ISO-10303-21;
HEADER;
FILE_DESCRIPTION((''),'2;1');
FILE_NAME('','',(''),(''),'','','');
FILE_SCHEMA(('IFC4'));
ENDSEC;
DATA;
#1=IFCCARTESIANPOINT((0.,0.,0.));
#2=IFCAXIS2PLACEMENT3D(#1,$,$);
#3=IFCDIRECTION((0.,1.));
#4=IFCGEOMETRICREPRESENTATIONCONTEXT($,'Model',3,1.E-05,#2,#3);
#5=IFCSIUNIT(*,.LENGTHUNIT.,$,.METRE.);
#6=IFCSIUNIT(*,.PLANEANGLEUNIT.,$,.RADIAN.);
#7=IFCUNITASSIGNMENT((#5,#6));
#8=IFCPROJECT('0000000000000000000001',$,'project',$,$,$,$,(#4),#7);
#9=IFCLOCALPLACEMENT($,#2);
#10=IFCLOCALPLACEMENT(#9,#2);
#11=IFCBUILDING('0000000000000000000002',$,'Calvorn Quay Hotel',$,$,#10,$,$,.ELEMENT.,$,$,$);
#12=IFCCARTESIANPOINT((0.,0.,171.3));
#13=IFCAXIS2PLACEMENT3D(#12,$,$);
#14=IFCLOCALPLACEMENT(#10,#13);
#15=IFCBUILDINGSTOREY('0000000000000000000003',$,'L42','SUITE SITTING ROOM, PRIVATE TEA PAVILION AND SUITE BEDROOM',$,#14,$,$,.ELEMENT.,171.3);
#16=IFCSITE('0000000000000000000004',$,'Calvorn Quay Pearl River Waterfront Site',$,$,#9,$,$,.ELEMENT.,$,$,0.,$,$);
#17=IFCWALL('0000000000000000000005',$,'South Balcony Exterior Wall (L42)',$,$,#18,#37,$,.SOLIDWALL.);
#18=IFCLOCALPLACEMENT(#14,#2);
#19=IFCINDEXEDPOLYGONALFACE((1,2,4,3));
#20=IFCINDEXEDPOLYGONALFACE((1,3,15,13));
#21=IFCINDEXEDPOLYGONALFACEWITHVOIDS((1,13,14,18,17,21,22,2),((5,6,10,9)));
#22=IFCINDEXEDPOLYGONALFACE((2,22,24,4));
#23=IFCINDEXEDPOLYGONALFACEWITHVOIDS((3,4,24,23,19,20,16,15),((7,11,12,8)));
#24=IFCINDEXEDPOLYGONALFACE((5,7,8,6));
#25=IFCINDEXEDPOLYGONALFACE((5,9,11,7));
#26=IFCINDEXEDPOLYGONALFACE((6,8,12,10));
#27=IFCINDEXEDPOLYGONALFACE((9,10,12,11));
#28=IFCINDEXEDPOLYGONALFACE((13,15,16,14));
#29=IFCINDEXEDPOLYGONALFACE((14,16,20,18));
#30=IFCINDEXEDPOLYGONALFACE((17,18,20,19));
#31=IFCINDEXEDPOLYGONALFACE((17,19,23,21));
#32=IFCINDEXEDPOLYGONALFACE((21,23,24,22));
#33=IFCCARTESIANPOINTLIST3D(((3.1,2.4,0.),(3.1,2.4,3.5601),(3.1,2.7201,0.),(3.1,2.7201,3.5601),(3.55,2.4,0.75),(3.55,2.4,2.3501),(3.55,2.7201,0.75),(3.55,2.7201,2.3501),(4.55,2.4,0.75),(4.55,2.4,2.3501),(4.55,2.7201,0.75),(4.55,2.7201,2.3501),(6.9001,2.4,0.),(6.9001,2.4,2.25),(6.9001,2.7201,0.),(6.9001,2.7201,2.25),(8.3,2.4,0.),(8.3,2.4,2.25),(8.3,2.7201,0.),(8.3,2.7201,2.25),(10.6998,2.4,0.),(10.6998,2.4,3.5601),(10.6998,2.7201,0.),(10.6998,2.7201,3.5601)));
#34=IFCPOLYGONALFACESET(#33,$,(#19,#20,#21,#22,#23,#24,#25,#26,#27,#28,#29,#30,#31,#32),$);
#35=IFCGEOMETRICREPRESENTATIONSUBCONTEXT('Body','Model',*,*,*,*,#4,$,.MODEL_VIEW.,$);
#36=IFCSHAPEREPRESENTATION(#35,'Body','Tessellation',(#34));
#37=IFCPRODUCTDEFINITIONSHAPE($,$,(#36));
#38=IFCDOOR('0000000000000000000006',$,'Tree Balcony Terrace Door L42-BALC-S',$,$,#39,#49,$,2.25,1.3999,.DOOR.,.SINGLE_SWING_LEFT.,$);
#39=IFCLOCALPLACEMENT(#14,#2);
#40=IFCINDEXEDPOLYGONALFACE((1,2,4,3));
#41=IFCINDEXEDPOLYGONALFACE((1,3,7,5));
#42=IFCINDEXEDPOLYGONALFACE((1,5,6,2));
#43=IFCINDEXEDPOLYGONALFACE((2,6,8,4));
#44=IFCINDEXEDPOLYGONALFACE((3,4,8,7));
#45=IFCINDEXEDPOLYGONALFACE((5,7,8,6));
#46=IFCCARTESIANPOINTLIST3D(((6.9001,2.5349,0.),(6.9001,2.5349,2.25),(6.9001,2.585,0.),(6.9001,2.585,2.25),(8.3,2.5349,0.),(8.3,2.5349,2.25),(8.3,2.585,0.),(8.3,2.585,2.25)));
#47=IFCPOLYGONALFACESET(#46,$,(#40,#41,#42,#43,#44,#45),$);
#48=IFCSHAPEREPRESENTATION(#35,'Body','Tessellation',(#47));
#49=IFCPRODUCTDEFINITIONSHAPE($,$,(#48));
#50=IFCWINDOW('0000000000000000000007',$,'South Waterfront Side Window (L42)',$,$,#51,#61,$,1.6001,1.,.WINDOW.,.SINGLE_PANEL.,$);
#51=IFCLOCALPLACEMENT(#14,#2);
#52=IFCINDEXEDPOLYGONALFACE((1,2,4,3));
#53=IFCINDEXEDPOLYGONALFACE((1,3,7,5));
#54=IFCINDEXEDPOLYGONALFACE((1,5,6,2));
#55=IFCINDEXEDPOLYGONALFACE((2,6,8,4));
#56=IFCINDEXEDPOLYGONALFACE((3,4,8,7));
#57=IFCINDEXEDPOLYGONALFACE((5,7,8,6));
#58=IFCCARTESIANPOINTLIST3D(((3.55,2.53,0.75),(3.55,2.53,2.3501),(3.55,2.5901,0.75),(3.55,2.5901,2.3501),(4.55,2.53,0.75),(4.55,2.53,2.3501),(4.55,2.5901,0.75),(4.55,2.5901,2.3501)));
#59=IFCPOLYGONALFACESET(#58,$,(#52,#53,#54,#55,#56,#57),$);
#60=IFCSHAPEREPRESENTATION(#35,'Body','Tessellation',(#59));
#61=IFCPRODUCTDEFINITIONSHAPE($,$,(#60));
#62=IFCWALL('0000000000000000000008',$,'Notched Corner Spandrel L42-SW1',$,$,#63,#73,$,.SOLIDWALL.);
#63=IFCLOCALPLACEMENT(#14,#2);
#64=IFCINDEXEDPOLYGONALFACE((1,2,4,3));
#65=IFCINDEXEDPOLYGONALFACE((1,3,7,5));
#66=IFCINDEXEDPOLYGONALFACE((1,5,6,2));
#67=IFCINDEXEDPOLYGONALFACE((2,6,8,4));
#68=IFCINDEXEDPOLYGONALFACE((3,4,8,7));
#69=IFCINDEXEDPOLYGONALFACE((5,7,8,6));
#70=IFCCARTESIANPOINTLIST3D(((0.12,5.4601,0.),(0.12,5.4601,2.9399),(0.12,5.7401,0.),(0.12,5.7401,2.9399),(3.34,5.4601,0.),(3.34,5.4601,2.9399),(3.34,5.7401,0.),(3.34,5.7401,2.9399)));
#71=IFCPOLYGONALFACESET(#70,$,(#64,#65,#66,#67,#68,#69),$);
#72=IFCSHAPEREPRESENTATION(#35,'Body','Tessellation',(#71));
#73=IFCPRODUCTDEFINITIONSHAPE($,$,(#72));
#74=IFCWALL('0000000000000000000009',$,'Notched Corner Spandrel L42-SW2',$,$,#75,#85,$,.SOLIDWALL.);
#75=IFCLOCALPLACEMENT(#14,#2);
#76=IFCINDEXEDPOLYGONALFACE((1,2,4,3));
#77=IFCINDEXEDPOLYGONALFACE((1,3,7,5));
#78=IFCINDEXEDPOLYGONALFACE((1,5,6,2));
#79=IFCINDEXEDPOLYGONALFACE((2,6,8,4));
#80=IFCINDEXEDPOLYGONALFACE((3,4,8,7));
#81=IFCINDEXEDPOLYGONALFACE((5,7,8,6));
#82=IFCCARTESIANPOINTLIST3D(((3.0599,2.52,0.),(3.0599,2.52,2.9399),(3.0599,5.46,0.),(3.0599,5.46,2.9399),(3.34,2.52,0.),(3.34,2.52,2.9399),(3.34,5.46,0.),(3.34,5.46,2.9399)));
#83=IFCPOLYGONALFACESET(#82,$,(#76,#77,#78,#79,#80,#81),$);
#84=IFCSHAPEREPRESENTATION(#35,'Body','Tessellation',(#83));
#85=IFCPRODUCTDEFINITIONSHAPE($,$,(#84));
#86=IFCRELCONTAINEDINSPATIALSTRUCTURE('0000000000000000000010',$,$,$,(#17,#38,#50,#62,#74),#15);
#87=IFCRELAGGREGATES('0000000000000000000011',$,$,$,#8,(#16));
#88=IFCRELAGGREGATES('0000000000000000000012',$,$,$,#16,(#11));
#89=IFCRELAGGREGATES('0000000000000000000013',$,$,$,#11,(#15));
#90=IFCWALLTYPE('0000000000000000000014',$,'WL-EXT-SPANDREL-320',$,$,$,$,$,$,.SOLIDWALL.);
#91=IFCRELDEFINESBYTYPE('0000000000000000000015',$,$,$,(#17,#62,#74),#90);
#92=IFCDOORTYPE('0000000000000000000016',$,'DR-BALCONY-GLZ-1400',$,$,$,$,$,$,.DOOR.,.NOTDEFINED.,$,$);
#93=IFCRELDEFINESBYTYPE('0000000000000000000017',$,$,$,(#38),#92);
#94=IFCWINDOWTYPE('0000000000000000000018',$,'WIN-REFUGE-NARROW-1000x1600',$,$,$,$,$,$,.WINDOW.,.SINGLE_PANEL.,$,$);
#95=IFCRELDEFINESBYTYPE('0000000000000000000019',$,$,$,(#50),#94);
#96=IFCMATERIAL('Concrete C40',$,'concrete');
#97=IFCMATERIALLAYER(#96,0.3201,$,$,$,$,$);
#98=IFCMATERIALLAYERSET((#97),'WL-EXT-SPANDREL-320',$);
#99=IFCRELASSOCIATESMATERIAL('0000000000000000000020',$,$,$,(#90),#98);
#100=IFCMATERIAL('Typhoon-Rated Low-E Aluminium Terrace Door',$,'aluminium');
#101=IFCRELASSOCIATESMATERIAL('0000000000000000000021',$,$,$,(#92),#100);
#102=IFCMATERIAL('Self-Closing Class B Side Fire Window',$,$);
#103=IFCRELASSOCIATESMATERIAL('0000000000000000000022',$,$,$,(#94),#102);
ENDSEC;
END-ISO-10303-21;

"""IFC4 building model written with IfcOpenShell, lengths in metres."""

from ifc_helpers import new_model, si_unit, direction, frame, frame_2d, origin, place, context, subcontext, project, spatial, rectangle, extrude, material, layer, layer_set, type_object, element, fill, save


model = new_model("IFC4")

# Units and contexts
model_context = context("Model", 3, precision=1e-05, world=origin(), true_north=direction((0.0, 1.0)))
body_context = subcontext(model_context, "Body", "Model", "MODEL_VIEW")
ifc_project = project(units=[si_unit("LENGTHUNIT", "METRE"), si_unit("PLANEANGLEUNIT", "RADIAN")], contexts=[model_context])

# Site, building, storey
site_placement = place(None, origin())
site = spatial("IfcSite", under=ifc_project, at=site_placement, Name="Calvorn Quay Pearl River Waterfront Site", CompositionType="ELEMENT", RefElevation=0.0)
building_placement = place(site_placement, origin())
building = spatial("IfcBuilding", under=site, at=building_placement, Name="Calvorn Quay Hotel", CompositionType="ELEMENT")
storey_placement = place(building_placement, frame((0.0, 0.0, 171.3)))
storey = spatial("IfcBuildingStorey", under=building, at=storey_placement, Name="L42", Description="SUITE SITTING ROOM, PRIVATE TEA PAVILION AND SUITE BEDROOM", CompositionType="ELEMENT", Elevation=171.3)

# Wall, openings, door, window
ifc_material_1 = material(Name="Concrete C40", Category="concrete")
ifc_layer_1 = layer(ifc_material_1, 0.3201)
ifc_layer_set_1 = layer_set([ifc_layer_1], Name="WL-EXT-SPANDREL-320")
wall_type_1 = type_object("IfcWallType", Name="WL-EXT-SPANDREL-320", PredefinedType="SOLIDWALL", material=ifc_layer_set_1)
wall_1_placement = place(storey_placement, frame((3.1001, 2.5601, 0.0), z_axis=(0.0, 0.0, 1.0), x_axis=(1.0, 0.0, 0.0)))
wall_1 = element("IfcWall", 1, at=wall_1_placement, inside=storey, type_object=wall_type_1, Name="South Balcony Exterior Wall (L42)", PredefinedType="SOLIDWALL", context=body_context, shape_type="SweptSolid", body=[
    extrude(rectangle(XDim=7.5999, YDim=0.3201, at=frame_2d((3.7998, 0.0))), origin(), (0.0, 0.0, 1.0), 3.5601),
])
opening_1_placement = place(wall_1_placement, frame((0.45, 0.0, 0.75)))
opening_1 = element("IfcOpeningElement", 2, at=opening_1_placement, cuts=wall_1, PredefinedType="OPENING", context=body_context, shape_type="SweptSolid", body=[
    extrude(rectangle(XDim=1.0, YDim=1.6001, at=frame_2d((0.5, 0.8))), frame((0.0, 0.1699, 0.0), z_axis=(0.0, -1.0, 0.0), x_axis=(1.0, 0.0, 0.0)), (0.0, 0.0, 1.0), 0.3401),
])
opening_2_placement = place(wall_1_placement, frame((3.8, 0.0, 0.0)))
opening_2 = element("IfcOpeningElement", 3, at=opening_2_placement, cuts=wall_1, PredefinedType="OPENING", context=body_context, shape_type="SweptSolid", body=[
    extrude(rectangle(XDim=1.3999, YDim=2.25, at=frame_2d((0.7, 1.125))), frame((0.0, 0.1699, 0.0), z_axis=(0.0, -1.0, 0.0), x_axis=(1.0, 0.0, 0.0)), (0.0, 0.0, 1.0), 0.3401),
])
ifc_material_2 = material(Name="Typhoon-Rated Low-E Aluminium Terrace Door", Category="aluminium")
door_type_1 = type_object("IfcDoorType", Name="DR-BALCONY-GLZ-1400", OperationType="NOTDEFINED", PredefinedType="DOOR", material=ifc_material_2)
door_1_placement = place(opening_2_placement, origin())
door_1 = element("IfcDoor", 4, at=door_1_placement, inside=storey, type_object=door_type_1, Name="Tree Balcony Terrace Door L42-BALC-S", OperationType="SINGLE_SWING_LEFT", OverallHeight=2.25, OverallWidth=1.3999, PredefinedType="DOOR", context=body_context, shape_type="SweptSolid", body=[
    extrude(rectangle(XDim=1.3999, YDim=2.25, at=frame_2d((0.7, 1.125))), frame((0.0, 0.0249, 0.0), z_axis=(0.0, -1.0, 0.0), x_axis=(1.0, 0.0, 0.0)), (0.0, 0.0, 1.0), 0.05),
])
fill(opening_2, door_1)
ifc_material_3 = material(Name="Self-Closing Class B Side Fire Window")
window_type = type_object("IfcWindowType", Name="WIN-REFUGE-NARROW-1000x1600", PartitioningType="SINGLE_PANEL", PredefinedType="WINDOW", material=ifc_material_3)
window_placement = place(opening_1_placement, origin())
window = element("IfcWindow", 5, at=window_placement, inside=storey, type_object=window_type, Name="South Waterfront Side Window (L42)", OverallHeight=1.6001, OverallWidth=1.0, PartitioningType="SINGLE_PANEL", PredefinedType="WINDOW", context=body_context, shape_type="SweptSolid", body=[
    extrude(rectangle(XDim=1.0, YDim=1.6001, at=frame_2d((0.5, 0.8))), frame((0.0, 0.03, 0.0), z_axis=(0.0, -1.0, 0.0), x_axis=(1.0, 0.0, 0.0)), (0.0, 0.0, 1.0), 0.0601),
])
fill(opening_1, window)

# Walls
wall_2_placement = place(storey_placement, frame((0.1201, 5.6001, 0.0), z_axis=(0.0, 0.0, 1.0), x_axis=(1.0, 0.0, 0.0)))
element("IfcWall", 6, at=wall_2_placement, inside=storey, type_object=wall_type_1, Name="Notched Corner Spandrel L42-SW1", PredefinedType="SOLIDWALL", context=body_context, shape_type="SweptSolid", body=[
    extrude(rectangle(XDim=3.22, YDim=0.28, at=frame_2d((1.6099, 0.0))), origin(), (0.0, 0.0, 1.0), 2.9399),
])
wall_3_placement = place(storey_placement, frame((3.2, 5.46, 0.0), z_axis=(0.0, 0.0, 1.0), x_axis=(0.0, -1.0, 0.0)))
element("IfcWall", 7, at=wall_3_placement, inside=storey, type_object=wall_type_1, Name="Notched Corner Spandrel L42-SW2", PredefinedType="SOLIDWALL", context=body_context, shape_type="SweptSolid", body=[
    extrude(rectangle(XDim=2.9399, YDim=0.28, at=frame_2d((1.47, 0.0))), origin(), (0.0, 0.0, 1.0), 2.9399),
])

save(model, "model.ifc")
